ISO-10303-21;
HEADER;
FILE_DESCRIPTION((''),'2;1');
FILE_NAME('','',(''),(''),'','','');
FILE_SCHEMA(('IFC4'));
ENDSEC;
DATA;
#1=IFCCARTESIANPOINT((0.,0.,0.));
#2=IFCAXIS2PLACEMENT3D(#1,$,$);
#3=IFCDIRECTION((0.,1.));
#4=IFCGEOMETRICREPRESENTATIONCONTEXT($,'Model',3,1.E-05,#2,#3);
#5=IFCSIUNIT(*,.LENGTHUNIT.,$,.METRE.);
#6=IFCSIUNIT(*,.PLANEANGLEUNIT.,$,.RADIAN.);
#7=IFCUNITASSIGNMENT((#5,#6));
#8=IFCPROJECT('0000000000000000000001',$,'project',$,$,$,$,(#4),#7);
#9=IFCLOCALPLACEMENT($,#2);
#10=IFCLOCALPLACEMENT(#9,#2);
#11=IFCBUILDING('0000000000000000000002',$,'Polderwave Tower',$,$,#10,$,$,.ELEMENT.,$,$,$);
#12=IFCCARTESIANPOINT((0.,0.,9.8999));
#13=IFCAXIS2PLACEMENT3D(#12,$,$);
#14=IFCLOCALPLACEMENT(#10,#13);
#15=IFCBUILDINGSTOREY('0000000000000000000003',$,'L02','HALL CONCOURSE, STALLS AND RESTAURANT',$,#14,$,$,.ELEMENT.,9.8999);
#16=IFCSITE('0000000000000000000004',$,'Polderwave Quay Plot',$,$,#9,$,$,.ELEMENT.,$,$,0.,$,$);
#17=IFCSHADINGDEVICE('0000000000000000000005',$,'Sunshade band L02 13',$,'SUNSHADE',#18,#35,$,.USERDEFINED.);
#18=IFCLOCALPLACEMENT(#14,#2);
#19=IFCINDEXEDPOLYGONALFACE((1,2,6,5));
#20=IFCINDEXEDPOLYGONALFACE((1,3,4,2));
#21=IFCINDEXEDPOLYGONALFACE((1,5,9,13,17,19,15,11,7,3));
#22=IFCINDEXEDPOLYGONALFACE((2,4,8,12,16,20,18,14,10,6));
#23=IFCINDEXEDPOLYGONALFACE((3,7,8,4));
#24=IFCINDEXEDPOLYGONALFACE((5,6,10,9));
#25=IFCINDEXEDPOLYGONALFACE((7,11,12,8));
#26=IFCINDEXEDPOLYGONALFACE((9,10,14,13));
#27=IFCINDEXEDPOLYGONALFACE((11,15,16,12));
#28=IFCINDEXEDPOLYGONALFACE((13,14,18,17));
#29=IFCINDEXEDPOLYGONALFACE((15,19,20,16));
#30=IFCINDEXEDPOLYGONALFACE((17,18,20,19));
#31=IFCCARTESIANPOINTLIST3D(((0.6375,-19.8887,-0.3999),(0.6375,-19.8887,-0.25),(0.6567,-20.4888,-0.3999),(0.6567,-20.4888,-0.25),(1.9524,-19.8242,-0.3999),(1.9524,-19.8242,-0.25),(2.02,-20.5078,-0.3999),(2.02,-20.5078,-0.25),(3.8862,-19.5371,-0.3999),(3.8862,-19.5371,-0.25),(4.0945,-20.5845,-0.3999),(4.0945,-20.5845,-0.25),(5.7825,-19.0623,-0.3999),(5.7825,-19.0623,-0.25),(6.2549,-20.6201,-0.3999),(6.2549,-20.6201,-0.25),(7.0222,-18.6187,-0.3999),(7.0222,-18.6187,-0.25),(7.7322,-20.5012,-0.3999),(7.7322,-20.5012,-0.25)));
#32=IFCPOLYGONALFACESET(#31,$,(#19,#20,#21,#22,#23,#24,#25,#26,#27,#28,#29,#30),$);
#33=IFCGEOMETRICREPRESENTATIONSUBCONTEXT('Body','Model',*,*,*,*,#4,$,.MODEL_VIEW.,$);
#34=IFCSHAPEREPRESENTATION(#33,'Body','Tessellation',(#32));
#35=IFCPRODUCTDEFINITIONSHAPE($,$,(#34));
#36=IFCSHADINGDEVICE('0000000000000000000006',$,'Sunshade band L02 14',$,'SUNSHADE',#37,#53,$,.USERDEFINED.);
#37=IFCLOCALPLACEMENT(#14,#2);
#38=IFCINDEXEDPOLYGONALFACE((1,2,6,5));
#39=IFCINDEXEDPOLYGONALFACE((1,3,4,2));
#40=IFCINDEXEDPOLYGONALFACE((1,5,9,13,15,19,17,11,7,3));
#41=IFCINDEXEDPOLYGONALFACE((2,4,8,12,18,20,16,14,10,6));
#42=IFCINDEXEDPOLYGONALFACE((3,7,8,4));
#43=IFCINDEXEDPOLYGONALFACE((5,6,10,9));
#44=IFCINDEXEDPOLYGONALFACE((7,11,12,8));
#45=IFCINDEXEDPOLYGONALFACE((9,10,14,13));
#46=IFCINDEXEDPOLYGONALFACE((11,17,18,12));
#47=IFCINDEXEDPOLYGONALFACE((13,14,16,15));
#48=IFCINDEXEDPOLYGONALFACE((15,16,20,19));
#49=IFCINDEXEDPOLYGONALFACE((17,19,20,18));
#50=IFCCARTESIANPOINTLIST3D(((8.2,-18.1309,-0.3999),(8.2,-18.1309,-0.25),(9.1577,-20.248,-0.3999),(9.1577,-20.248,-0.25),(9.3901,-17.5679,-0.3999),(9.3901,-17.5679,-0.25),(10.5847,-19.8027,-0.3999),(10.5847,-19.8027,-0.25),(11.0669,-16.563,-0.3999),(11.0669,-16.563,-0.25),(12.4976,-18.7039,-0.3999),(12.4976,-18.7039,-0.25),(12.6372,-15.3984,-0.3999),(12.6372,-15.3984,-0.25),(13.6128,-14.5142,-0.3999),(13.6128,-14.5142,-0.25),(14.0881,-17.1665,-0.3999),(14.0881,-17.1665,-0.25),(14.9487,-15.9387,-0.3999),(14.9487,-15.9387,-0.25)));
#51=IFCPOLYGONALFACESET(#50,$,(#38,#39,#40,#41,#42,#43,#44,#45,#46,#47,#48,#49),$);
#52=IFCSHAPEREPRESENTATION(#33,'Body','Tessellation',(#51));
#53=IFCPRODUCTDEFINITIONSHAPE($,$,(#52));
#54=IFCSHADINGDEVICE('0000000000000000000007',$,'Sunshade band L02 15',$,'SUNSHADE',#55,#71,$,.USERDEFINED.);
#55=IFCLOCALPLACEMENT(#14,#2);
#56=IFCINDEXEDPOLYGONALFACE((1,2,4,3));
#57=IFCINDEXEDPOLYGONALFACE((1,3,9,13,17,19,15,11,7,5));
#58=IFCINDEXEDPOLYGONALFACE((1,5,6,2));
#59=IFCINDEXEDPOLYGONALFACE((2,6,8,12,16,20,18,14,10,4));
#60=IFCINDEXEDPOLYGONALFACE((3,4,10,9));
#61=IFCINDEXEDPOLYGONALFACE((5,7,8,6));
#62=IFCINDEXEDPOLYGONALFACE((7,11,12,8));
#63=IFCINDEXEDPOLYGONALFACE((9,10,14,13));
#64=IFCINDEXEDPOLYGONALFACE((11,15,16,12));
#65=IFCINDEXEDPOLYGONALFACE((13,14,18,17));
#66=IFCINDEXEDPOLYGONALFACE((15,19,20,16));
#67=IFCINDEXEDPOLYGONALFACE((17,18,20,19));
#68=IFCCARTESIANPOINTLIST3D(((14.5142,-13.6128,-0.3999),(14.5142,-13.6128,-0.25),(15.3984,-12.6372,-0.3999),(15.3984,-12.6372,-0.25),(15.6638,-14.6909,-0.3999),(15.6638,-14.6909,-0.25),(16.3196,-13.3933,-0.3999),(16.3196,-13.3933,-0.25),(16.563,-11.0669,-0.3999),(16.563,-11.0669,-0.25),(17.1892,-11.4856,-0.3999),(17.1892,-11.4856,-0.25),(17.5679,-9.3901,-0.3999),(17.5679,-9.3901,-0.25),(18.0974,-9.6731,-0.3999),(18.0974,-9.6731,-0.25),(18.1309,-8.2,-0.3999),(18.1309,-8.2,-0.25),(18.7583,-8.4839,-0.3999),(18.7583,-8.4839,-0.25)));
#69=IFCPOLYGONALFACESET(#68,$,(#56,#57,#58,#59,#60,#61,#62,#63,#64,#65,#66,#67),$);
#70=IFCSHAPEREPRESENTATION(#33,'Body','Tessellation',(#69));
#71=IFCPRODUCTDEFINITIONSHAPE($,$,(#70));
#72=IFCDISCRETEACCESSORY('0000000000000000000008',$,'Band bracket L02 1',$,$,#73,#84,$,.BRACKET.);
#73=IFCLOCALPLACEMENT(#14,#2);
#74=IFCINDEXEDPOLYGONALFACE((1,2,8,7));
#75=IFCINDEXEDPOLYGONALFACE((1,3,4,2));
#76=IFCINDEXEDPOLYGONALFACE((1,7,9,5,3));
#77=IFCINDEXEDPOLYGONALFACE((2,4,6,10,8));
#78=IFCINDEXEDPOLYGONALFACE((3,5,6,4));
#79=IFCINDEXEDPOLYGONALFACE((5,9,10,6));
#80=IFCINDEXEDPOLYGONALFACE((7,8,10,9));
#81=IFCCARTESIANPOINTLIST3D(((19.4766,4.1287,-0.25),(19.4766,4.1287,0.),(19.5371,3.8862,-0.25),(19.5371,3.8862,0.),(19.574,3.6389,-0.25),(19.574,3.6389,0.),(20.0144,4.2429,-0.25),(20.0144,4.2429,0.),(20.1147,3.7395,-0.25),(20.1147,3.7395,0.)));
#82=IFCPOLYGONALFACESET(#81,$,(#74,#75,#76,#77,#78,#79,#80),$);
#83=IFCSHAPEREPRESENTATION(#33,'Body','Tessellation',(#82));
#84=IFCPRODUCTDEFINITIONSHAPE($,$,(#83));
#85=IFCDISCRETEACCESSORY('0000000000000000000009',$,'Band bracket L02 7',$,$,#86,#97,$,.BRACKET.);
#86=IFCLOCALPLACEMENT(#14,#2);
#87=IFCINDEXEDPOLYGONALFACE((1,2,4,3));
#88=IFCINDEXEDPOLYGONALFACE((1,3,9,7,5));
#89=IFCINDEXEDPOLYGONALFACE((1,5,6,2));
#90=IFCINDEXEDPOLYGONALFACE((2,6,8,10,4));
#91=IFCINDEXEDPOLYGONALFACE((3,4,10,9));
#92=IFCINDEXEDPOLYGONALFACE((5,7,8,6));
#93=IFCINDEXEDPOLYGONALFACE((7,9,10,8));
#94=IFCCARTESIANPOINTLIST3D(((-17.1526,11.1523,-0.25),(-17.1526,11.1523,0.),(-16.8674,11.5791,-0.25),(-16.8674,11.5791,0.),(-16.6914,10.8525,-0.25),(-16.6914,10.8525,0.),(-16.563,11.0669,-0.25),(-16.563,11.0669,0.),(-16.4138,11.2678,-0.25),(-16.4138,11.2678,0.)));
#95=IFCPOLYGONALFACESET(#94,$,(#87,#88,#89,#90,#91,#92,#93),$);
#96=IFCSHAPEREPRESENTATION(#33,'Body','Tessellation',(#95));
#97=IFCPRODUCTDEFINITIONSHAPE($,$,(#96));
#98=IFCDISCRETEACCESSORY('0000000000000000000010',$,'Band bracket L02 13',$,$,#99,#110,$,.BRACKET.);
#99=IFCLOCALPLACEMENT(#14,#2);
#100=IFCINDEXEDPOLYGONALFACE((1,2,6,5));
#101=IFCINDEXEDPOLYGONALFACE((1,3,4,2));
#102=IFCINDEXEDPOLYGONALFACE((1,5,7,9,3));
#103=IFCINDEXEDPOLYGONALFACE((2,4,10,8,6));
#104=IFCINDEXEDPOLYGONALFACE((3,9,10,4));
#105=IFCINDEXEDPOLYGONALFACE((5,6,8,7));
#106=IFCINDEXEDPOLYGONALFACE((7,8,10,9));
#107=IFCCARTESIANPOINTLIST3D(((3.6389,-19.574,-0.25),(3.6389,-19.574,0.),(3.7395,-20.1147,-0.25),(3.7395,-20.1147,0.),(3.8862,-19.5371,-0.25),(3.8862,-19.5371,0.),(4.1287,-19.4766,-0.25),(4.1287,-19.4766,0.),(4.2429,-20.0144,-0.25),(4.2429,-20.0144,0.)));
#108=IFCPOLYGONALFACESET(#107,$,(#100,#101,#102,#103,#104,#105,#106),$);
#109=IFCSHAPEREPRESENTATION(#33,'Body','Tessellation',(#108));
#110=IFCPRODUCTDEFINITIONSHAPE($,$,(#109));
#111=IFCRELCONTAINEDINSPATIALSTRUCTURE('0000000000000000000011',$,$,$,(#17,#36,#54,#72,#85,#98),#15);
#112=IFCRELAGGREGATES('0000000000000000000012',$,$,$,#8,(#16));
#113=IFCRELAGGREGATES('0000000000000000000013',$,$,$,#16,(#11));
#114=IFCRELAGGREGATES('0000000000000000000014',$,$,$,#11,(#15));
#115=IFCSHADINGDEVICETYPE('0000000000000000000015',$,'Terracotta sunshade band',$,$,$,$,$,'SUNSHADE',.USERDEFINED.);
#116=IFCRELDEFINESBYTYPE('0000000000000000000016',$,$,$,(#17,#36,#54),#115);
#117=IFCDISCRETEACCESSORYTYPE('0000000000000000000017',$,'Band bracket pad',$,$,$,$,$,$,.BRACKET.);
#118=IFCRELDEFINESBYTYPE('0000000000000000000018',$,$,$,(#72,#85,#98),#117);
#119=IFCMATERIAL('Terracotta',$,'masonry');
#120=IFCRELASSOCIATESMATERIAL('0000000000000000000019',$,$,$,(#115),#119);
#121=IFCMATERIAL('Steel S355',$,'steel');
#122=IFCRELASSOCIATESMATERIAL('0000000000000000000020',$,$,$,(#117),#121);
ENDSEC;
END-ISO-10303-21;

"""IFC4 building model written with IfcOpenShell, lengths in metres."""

from ifc_helpers import new_model, si_unit, direction, frame, origin, place, context, subcontext, project, spatial, polyline, outline, extrude, material, type_object, element, save


model = new_model("IFC4")

# Units and contexts
model_context = context("Model", 3, precision=1e-05, world=origin(), true_north=direction((0.0, 1.0)))
body_context = subcontext(model_context, "Body", "Model", "MODEL_VIEW")
ifc_project = project(units=[si_unit("LENGTHUNIT", "METRE"), si_unit("PLANEANGLEUNIT", "RADIAN")], contexts=[model_context])

# Site, building, storey
site_placement = place(None, origin())
site = spatial("IfcSite", under=ifc_project, at=site_placement, Name="Polderwave Quay Plot", CompositionType="ELEMENT", RefElevation=0.0)
building_placement = place(site_placement, origin())
building = spatial("IfcBuilding", under=site, at=building_placement, Name="Polderwave Tower", CompositionType="ELEMENT")
storey_placement = place(building_placement, frame((0.0, 0.0, 9.8999)))
storey = spatial("IfcBuildingStorey", under=building, at=storey_placement, Name="L02", Description="HALL CONCOURSE, STALLS AND RESTAURANT", CompositionType="ELEMENT", Elevation=9.8999)

# Shading devices
ifc_material_1 = material(Name="Terracotta", Category="masonry")
shading_device_type = type_object("IfcShadingDeviceType", Name="Terracotta sunshade band", ElementType="SUNSHADE", PredefinedType="USERDEFINED", material=ifc_material_1)
shading_device_1_placement = place(storey_placement, frame((0.0, 0.0, -0.3999)))
element("IfcShadingDevice", 1, at=shading_device_1_placement, inside=storey, type_object=shading_device_type, Name="Sunshade band L02 13", ObjectType="SUNSHADE", PredefinedType="USERDEFINED", context=body_context, shape_type="SweptSolid", body=[
    extrude(outline(polyline([(0.6375, -19.8887), (1.9524, -19.8242), (3.8862, -19.5371), (5.7825, -19.0623), (7.0222, -18.6187), (7.7322, -20.5012), (6.2549, -20.6201), (4.0945, -20.5845), (2.02, -20.5078), (0.6567, -20.4888), (0.6375, -19.8887)])), origin(), (0.0, 0.0, 1.0), 0.1499),
])
shading_device_2_placement = place(storey_placement, frame((0.0, 0.0, -0.3999)))
element("IfcShadingDevice", 2, at=shading_device_2_placement, inside=storey, type_object=shading_device_type, Name="Sunshade band L02 14", ObjectType="SUNSHADE", PredefinedType="USERDEFINED", context=body_context, shape_type="SweptSolid", body=[
    extrude(outline(polyline([(8.2, -18.1309), (9.3901, -17.5679), (11.0669, -16.563), (12.6372, -15.3984), (13.6128, -14.5142), (14.9487, -15.9387), (14.0881, -17.1665), (12.4976, -18.7039), (10.5847, -19.8027), (9.1577, -20.248), (8.2, -18.1309)])), origin(), (0.0, 0.0, 1.0), 0.1499),
])
shading_device_3_placement = place(storey_placement, frame((0.0, 0.0, -0.3999)))
element("IfcShadingDevice", 3, at=shading_device_3_placement, inside=storey, type_object=shading_device_type, Name="Sunshade band L02 15", ObjectType="SUNSHADE", PredefinedType="USERDEFINED", context=body_context, shape_type="SweptSolid", body=[
    extrude(outline(polyline([(14.5142, -13.6128), (15.3984, -12.6372), (16.563, -11.0669), (17.5679, -9.3901), (18.1309, -8.2), (18.7583, -8.4839), (18.0974, -9.6731), (17.1892, -11.4856), (16.3196, -13.3933), (15.6638, -14.6909), (14.5142, -13.6128)])), origin(), (0.0, 0.0, 1.0), 0.1499),
])

# Discrete accessories
ifc_material_2 = material(Name="Steel S355", Category="steel")
discrete_accessory_type = type_object("IfcDiscreteAccessoryType", Name="Band bracket pad", PredefinedType="BRACKET", material=ifc_material_2)
discrete_accessory_1_placement = place(storey_placement, frame((0.0, 0.0, -0.25)))
element("IfcDiscreteAccessory", 4, at=discrete_accessory_1_placement, inside=storey, type_object=discrete_accessory_type, Name="Band bracket L02 1", PredefinedType="BRACKET", context=body_context, shape_type="SweptSolid", body=[
    extrude(outline(polyline([(19.574, 3.6389), (19.5371, 3.8862), (19.4766, 4.1287), (20.0144, 4.2429), (20.1147, 3.7395), (19.574, 3.6389)])), origin(), (0.0, 0.0, 1.0), 0.25),
])
discrete_accessory_2_placement = place(storey_placement, frame((0.0, 0.0, -0.25)))
element("IfcDiscreteAccessory", 5, at=discrete_accessory_2_placement, inside=storey, type_object=discrete_accessory_type, Name="Band bracket L02 7", PredefinedType="BRACKET", context=body_context, shape_type="SweptSolid", body=[
    extrude(outline(polyline([(-16.4138, 11.2678), (-16.563, 11.0669), (-16.6914, 10.8525), (-17.1526, 11.1523), (-16.8674, 11.5791), (-16.4138, 11.2678)])), origin(), (0.0, 0.0, 1.0), 0.25),
])
discrete_accessory_3_placement = place(storey_placement, frame((0.0, 0.0, -0.25)))
element("IfcDiscreteAccessory", 6, at=discrete_accessory_3_placement, inside=storey, type_object=discrete_accessory_type, Name="Band bracket L02 13", PredefinedType="BRACKET", context=body_context, shape_type="SweptSolid", body=[
    extrude(outline(polyline([(3.6389, -19.574), (3.8862, -19.5371), (4.1287, -19.4766), (4.2429, -20.0144), (3.7395, -20.1147), (3.6389, -19.574)])), origin(), (0.0, 0.0, 1.0), 0.25),
])

save(model, "model.ifc")
